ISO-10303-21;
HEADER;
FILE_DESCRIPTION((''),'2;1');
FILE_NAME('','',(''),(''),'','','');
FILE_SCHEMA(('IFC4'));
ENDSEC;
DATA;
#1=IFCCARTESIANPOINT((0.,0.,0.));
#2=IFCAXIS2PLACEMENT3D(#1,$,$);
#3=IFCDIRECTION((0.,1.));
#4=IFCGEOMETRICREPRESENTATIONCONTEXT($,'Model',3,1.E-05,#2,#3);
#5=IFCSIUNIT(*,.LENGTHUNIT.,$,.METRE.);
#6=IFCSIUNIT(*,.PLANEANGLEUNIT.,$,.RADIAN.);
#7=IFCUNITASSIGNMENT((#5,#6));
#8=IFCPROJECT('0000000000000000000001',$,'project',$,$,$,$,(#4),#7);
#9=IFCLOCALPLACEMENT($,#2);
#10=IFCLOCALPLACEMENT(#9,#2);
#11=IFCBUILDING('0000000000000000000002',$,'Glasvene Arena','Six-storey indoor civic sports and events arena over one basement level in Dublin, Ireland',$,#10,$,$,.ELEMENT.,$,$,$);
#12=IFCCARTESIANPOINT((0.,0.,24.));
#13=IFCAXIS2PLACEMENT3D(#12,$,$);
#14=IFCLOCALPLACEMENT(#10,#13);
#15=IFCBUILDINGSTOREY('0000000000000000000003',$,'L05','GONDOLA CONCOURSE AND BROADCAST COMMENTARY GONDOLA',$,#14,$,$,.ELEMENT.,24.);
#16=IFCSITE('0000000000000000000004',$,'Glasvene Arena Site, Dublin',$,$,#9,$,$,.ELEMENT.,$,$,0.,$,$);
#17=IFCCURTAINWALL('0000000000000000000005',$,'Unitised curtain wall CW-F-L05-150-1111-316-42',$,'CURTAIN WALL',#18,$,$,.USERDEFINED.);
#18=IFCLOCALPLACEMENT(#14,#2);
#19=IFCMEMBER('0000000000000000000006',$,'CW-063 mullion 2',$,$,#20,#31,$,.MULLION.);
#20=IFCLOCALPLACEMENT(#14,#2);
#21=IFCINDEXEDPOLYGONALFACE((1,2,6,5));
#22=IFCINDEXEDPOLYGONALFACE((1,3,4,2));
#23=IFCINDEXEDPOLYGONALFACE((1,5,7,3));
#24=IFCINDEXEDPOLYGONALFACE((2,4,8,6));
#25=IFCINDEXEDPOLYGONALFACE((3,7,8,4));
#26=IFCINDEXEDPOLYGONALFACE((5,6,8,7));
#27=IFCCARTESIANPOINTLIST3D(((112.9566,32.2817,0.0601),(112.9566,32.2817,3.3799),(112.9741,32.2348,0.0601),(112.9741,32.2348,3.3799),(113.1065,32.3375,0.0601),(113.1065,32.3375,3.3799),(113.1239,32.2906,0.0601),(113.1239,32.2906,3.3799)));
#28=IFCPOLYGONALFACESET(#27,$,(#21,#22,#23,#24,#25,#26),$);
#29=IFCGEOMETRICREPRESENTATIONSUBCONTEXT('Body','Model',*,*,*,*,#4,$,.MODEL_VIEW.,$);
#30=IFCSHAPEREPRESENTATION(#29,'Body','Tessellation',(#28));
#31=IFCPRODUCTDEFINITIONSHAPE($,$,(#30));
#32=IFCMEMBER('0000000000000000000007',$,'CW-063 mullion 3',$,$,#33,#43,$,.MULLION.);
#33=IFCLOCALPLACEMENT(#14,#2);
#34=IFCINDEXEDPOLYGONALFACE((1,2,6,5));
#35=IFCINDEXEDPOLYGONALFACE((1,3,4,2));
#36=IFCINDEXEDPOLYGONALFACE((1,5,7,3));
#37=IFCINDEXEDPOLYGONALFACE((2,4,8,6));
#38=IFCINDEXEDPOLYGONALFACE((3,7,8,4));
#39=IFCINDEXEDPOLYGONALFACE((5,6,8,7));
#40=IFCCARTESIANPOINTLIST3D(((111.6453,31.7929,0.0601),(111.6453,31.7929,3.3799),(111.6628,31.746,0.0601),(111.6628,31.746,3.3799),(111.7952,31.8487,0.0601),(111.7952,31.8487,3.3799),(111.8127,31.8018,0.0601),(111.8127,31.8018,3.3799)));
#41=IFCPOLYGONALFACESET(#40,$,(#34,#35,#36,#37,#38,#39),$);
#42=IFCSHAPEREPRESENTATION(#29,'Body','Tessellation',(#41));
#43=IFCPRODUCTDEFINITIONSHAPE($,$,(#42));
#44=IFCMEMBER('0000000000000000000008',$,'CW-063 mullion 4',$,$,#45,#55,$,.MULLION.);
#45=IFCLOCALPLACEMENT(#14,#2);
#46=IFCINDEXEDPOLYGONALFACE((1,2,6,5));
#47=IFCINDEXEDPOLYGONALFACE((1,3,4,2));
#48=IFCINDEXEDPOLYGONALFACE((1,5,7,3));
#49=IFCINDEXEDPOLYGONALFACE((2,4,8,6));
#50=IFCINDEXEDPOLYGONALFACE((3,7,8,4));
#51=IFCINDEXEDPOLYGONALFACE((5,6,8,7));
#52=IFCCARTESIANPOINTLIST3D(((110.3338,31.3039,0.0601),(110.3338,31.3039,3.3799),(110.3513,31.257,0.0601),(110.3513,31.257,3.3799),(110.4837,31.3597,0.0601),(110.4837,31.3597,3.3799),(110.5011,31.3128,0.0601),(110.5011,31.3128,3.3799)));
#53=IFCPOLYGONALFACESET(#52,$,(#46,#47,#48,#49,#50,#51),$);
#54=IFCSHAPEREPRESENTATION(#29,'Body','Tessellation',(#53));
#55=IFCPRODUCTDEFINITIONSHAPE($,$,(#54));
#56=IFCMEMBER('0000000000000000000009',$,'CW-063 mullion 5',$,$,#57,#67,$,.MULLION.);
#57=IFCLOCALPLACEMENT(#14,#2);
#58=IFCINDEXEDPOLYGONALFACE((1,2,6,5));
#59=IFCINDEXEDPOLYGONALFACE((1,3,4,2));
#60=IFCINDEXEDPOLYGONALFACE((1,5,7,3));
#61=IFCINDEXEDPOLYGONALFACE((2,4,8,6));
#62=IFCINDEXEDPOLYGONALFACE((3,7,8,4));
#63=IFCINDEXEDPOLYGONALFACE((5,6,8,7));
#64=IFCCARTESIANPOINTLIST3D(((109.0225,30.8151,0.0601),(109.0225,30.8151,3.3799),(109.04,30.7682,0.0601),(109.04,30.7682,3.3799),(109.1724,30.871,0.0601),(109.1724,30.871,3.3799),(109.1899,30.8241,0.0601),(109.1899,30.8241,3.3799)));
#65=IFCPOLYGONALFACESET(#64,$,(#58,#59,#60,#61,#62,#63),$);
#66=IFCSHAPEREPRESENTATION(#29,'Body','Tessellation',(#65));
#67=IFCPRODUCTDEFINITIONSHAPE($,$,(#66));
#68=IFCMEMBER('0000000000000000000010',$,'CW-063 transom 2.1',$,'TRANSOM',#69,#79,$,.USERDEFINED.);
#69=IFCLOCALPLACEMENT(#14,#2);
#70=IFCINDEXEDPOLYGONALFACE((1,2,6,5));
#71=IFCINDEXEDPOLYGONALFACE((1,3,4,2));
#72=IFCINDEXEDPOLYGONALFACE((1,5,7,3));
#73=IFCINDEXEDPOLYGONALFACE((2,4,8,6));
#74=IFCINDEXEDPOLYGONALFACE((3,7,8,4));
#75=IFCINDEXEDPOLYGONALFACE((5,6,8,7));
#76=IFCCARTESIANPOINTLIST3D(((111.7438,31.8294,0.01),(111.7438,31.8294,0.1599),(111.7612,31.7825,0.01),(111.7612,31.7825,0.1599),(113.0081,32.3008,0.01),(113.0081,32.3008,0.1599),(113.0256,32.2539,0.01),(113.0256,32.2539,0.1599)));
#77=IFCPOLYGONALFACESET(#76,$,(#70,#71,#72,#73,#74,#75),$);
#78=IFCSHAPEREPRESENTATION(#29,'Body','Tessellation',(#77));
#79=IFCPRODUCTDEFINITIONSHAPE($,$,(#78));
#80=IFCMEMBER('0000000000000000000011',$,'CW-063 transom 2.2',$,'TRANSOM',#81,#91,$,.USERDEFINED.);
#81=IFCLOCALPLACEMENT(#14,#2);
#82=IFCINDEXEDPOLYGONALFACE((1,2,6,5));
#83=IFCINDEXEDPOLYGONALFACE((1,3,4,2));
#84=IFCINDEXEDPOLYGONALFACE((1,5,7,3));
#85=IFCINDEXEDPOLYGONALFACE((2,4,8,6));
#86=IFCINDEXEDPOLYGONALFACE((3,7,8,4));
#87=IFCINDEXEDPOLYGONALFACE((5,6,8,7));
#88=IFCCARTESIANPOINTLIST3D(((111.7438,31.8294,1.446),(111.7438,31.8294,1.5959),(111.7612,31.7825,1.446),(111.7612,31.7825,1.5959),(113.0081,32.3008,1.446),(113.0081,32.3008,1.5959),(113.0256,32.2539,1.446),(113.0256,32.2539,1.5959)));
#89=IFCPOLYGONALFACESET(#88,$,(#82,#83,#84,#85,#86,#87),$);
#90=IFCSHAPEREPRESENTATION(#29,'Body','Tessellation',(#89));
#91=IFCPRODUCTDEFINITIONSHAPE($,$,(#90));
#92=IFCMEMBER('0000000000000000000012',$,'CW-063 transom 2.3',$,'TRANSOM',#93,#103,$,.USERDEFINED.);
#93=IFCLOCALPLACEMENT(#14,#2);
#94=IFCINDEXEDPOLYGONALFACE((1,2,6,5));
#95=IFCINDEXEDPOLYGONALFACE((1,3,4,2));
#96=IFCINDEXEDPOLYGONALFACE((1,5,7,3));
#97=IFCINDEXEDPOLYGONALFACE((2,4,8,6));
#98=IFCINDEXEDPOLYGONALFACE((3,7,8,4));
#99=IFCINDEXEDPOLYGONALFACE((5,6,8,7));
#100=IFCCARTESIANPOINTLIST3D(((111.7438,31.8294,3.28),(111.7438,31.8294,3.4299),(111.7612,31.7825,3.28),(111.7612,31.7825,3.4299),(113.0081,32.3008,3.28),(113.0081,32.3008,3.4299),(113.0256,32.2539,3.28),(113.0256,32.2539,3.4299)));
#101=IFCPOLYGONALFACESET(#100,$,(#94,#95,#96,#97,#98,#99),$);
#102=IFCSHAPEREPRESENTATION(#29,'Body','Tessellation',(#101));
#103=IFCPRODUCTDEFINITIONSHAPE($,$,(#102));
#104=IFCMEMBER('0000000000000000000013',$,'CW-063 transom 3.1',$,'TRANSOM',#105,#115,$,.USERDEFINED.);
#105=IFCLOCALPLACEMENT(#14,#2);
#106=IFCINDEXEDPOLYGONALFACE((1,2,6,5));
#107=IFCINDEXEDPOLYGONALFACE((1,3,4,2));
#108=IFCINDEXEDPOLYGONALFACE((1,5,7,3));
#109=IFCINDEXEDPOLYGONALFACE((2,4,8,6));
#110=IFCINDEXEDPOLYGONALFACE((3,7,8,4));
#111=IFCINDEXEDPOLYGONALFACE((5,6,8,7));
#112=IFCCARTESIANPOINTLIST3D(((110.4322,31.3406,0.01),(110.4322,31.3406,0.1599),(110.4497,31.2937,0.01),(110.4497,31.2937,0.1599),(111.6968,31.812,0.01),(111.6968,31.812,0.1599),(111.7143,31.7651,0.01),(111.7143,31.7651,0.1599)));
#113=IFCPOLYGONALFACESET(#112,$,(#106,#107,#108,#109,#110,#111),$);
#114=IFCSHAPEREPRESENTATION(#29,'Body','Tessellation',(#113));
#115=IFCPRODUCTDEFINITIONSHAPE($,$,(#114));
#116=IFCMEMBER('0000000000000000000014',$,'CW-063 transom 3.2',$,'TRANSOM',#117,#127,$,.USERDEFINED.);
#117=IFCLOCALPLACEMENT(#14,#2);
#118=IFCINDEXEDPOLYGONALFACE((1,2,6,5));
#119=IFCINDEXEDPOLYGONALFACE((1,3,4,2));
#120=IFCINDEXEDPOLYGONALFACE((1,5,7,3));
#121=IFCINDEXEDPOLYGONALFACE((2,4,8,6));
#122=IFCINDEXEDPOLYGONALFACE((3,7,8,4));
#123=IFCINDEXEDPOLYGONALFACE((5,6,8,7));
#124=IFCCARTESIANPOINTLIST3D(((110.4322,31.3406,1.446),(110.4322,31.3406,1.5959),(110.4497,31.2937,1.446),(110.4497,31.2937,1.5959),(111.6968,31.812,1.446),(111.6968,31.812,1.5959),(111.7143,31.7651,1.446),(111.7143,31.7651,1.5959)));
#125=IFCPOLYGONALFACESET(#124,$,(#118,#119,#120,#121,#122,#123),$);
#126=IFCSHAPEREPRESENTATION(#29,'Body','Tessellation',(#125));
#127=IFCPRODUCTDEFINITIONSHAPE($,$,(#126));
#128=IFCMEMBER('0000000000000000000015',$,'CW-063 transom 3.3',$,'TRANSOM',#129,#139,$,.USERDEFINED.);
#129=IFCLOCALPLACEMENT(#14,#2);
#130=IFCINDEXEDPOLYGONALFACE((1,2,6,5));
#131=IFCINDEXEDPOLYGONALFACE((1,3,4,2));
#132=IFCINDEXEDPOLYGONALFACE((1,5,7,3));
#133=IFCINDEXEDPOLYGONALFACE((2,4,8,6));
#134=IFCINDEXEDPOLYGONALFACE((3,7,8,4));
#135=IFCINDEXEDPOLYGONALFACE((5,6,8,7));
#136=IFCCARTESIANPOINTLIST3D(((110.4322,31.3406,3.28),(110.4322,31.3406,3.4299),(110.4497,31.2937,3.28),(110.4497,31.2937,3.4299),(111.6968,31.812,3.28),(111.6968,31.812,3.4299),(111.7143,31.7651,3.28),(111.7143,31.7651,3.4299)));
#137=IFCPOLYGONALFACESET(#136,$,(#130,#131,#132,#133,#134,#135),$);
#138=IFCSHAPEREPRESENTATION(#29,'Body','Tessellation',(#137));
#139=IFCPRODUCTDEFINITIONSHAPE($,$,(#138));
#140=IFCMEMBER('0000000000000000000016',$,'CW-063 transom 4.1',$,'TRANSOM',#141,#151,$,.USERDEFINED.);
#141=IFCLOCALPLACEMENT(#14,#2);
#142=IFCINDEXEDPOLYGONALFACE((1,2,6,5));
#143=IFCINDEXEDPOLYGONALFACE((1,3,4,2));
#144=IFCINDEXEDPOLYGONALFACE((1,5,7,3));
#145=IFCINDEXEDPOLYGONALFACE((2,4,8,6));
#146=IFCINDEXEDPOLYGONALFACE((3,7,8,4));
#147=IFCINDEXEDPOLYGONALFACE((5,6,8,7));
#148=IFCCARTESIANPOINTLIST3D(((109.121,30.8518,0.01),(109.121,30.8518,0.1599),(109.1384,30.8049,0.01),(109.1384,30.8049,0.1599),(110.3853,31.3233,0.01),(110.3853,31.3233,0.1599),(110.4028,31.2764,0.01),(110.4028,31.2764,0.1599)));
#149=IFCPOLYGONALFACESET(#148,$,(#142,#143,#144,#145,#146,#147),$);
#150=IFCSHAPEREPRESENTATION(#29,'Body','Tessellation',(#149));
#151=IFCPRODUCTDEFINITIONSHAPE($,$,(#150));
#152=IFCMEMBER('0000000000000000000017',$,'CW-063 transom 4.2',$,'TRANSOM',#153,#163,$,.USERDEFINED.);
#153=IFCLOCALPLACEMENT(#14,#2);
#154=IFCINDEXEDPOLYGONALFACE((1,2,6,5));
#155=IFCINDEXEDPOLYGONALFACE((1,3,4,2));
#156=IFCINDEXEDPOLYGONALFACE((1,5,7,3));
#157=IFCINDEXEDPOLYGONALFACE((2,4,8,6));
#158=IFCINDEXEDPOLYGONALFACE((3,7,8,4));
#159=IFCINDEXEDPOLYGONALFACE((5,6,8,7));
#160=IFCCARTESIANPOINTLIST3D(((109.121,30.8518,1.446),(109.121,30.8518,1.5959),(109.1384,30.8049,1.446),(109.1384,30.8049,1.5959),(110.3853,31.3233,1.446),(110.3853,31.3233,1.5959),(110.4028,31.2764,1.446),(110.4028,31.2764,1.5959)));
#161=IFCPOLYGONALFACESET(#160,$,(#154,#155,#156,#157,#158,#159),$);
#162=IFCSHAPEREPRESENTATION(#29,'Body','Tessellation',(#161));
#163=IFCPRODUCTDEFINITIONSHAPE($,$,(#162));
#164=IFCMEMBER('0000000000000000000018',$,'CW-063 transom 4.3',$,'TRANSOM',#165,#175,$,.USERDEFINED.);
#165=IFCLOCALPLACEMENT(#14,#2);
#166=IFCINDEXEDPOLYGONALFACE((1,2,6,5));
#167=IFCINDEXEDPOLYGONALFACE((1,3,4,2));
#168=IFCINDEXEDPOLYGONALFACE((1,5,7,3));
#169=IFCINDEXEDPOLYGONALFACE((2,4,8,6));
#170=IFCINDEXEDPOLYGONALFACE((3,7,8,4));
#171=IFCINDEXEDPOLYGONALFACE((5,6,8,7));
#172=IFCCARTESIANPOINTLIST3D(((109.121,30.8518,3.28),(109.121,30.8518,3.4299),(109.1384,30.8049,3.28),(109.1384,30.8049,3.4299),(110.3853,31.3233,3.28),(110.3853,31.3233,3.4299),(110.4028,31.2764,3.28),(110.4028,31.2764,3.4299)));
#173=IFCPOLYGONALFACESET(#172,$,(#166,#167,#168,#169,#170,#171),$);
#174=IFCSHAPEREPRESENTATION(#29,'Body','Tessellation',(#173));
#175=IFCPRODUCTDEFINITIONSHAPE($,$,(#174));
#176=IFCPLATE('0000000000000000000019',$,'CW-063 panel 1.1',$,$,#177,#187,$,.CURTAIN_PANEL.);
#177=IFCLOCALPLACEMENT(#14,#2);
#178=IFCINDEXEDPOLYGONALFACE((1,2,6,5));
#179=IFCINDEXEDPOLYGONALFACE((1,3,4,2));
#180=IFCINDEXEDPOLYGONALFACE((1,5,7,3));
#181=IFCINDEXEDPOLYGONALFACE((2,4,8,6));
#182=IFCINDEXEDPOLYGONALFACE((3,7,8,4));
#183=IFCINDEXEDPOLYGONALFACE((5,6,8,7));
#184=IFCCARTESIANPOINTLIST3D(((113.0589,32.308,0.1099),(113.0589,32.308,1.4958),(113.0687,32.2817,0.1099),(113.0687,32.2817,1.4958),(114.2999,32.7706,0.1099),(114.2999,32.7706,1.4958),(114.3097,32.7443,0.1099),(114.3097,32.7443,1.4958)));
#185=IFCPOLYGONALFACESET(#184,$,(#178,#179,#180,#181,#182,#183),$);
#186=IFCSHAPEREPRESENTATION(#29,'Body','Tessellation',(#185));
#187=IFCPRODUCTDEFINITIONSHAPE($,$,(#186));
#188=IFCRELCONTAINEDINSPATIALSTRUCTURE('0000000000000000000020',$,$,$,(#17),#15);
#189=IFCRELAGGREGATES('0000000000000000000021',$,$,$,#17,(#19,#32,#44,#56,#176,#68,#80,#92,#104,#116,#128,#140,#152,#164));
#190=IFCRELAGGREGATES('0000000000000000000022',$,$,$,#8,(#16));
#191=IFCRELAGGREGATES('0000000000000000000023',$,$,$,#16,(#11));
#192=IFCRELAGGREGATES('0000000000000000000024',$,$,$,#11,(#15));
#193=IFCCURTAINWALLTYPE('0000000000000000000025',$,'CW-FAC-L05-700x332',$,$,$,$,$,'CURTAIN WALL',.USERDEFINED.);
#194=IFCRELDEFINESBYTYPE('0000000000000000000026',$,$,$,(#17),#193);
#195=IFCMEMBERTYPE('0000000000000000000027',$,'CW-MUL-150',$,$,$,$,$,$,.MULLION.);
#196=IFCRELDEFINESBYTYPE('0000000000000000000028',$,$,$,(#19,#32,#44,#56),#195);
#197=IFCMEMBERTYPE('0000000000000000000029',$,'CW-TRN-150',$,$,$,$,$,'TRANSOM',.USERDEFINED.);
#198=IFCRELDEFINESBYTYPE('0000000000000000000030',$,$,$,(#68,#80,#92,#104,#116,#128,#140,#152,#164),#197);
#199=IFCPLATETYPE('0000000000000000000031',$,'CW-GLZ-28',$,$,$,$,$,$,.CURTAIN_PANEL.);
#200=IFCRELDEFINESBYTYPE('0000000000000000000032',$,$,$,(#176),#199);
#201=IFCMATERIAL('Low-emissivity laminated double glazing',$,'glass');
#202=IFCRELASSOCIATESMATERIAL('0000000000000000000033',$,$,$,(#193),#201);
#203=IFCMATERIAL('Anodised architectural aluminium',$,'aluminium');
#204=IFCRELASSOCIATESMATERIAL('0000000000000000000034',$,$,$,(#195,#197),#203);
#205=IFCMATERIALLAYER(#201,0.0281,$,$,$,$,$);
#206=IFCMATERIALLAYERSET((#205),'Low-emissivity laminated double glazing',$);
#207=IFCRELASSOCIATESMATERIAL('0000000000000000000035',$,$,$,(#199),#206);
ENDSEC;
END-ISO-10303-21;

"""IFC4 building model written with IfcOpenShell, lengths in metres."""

from ifc_helpers import new_model, si_unit, direction, frame, origin, origin_2d, place, context, subcontext, project, spatial, rectangle, extrude, material, layer, layer_set, material_profile, profile_set, type_object, element, aggregate, save


model = new_model("IFC4")

# Units and contexts
model_context = context("Model", 3, precision=1e-05, world=origin(), true_north=direction((0.0, 1.0)))
body_context = subcontext(model_context, "Body", "Model", "MODEL_VIEW")
ifc_project = project(units=[si_unit("LENGTHUNIT", "METRE"), si_unit("PLANEANGLEUNIT", "RADIAN")], contexts=[model_context])

# Site, building, storey
site_placement = place(None, origin())
site = spatial("IfcSite", under=ifc_project, at=site_placement, Name="Glasvene Arena Site, Dublin", CompositionType="ELEMENT", RefElevation=0.0)
building_placement = place(site_placement, origin())
building = spatial("IfcBuilding", under=site, at=building_placement, Name="Glasvene Arena", Description="Six-storey indoor civic sports and events arena over one basement level in Dublin, Ireland", CompositionType="ELEMENT")
storey_placement = place(building_placement, frame((0.0, 0.0, 24.0)))
storey = spatial("IfcBuildingStorey", under=building, at=storey_placement, Name="L05", Description="GONDOLA CONCOURSE AND BROADCAST COMMENTARY GONDOLA", CompositionType="ELEMENT", Elevation=24.0)

# Curtain wall, members, plate
ifc_material_1 = material(Name="Low-emissivity laminated double glazing", Category="glass")
curtain_wall_type = type_object("IfcCurtainWallType", Name="CW-FAC-L05-700x332", ElementType="CURTAIN WALL", PredefinedType="USERDEFINED", material=ifc_material_1)
curtain_wall_placement = place(storey_placement, frame((114.3518, 32.7749, 0.0)))
curtain_wall = element("IfcCurtainWall", 1, at=curtain_wall_placement, inside=storey, type_object=curtain_wall_type, Name="Unitised curtain wall CW-F-L05-150-1111-316-42", ObjectType="CURTAIN WALL", PredefinedType="USERDEFINED")
ifc_material_2 = material(Name="Anodised architectural aluminium", Category="aluminium")
ifc_material_profile_1 = material_profile(ifc_material_2, rectangle(XDim=0.05, YDim=0.1599, at=origin_2d()), Name="ALU MULLION 50x160")
ifc_profile_set_1 = profile_set([ifc_material_profile_1], Name="Anodised architectural aluminium")
member_type_1 = type_object("IfcMemberType", Name="CW-MUL-150", PredefinedType="MULLION", material=ifc_profile_set_1)
member_1_placement = place(storey_placement, frame((113.0403, 32.2861, 0.0601), z_axis=(0.0, 0.0, 1.0), x_axis=(0.349297, -0.937012, 0.0)))
member_1 = element("IfcMember", 2, at=member_1_placement, type_object=member_type_1, Name="CW-063 mullion 2", PredefinedType="MULLION", context=body_context, shape_type="SweptSolid", body=[
    extrude(rectangle(XDim=0.05, YDim=0.1599, at=origin_2d()), origin(), (0.0, 0.0, 1.0), 3.3198),
])
member_2_placement = place(storey_placement, frame((111.729, 31.7974, 0.0601), z_axis=(0.0, 0.0, 1.0), x_axis=(0.349297, -0.937012, 0.0)))
member_2 = element("IfcMember", 3, at=member_2_placement, type_object=member_type_1, Name="CW-063 mullion 3", PredefinedType="MULLION", context=body_context, shape_type="SweptSolid", body=[
    extrude(rectangle(XDim=0.05, YDim=0.1599, at=origin_2d()), origin(), (0.0, 0.0, 1.0), 3.3198),
])
member_3_placement = place(storey_placement, frame((110.4175, 31.3083, 0.0601), z_axis=(0.0, 0.0, 1.0), x_axis=(0.349297, -0.937012, 0.0)))
member_3 = element("IfcMember", 4, at=member_3_placement, type_object=member_type_1, Name="CW-063 mullion 4", PredefinedType="MULLION", context=body_context, shape_type="SweptSolid", body=[
    extrude(rectangle(XDim=0.05, YDim=0.1599, at=origin_2d()), origin(), (0.0, 0.0, 1.0), 3.3198),
])
member_4_placement = place(storey_placement, frame((109.1062, 30.8196, 0.0601), z_axis=(0.0, 0.0, 1.0), x_axis=(0.349297, -0.937012, 0.0)))
member_4 = element("IfcMember", 5, at=member_4_placement, type_object=member_type_1, Name="CW-063 mullion 5", PredefinedType="MULLION", context=body_context, shape_type="SweptSolid", body=[
    extrude(rectangle(XDim=0.05, YDim=0.1599, at=origin_2d()), origin(), (0.0, 0.0, 1.0), 3.3198),
])
ifc_material_profile_2 = material_profile(ifc_material_2, rectangle(XDim=0.05, YDim=0.1499, at=origin_2d()), Name="ALU TRANSOM 50x150")
ifc_profile_set_2 = profile_set([ifc_material_profile_2], Name="Anodised architectural aluminium")
member_type_2 = type_object("IfcMemberType", Name="CW-TRN-150", ElementType="TRANSOM", PredefinedType="USERDEFINED", material=ifc_profile_set_2)
member_5_placement = place(storey_placement, frame((113.0168, 32.2773, 0.085), z_axis=(-0.936989, -0.349358, 0.0), x_axis=(0.349358, -0.936989, 0.0)))
member_5 = element("IfcMember", 6, at=member_5_placement, type_object=member_type_2, Name="CW-063 transom 2.1", ObjectType="TRANSOM", PredefinedType="USERDEFINED", context=body_context, shape_type="SweptSolid", body=[
    extrude(rectangle(XDim=0.05, YDim=0.1499, at=origin_2d()), origin(), (0.0, 0.0, 1.0), 1.3494),
])
member_6_placement = place(storey_placement, frame((113.0168, 32.2773, 1.521), z_axis=(-0.936989, -0.349358, 0.0), x_axis=(0.349358, -0.936989, 0.0)))
member_6 = element("IfcMember", 7, at=member_6_placement, type_object=member_type_2, Name="CW-063 transom 2.2", ObjectType="TRANSOM", PredefinedType="USERDEFINED", context=body_context, shape_type="SweptSolid", body=[
    extrude(rectangle(XDim=0.05, YDim=0.1499, at=origin_2d()), origin(), (0.0, 0.0, 1.0), 1.3494),
])
member_7_placement = place(storey_placement, frame((113.0168, 32.2773, 3.355), z_axis=(-0.936989, -0.349358, 0.0), x_axis=(0.349358, -0.936989, 0.0)))
member_7 = element("IfcMember", 8, at=member_7_placement, type_object=member_type_2, Name="CW-063 transom 2.3", ObjectType="TRANSOM", PredefinedType="USERDEFINED", context=body_context, shape_type="SweptSolid", body=[
    extrude(rectangle(XDim=0.05, YDim=0.1499, at=origin_2d()), origin(), (0.0, 0.0, 1.0), 1.3494),
])
member_8_placement = place(storey_placement, frame((111.7056, 31.7886, 0.085), z_axis=(-0.937011, -0.349299, 0.0), x_axis=(0.349299, -0.937011, 0.0)))
member_8 = element("IfcMember", 9, at=member_8_placement, type_object=member_type_2, Name="CW-063 transom 3.1", ObjectType="TRANSOM", PredefinedType="USERDEFINED", context=body_context, shape_type="SweptSolid", body=[
    extrude(rectangle(XDim=0.05, YDim=0.1499, at=origin_2d()), origin(), (0.0, 0.0, 1.0), 1.3496),
])
member_9_placement = place(storey_placement, frame((111.7056, 31.7886, 1.521), z_axis=(-0.937011, -0.349299, 0.0), x_axis=(0.349299, -0.937011, 0.0)))
member_9 = element("IfcMember", 10, at=member_9_placement, type_object=member_type_2, Name="CW-063 transom 3.2", ObjectType="TRANSOM", PredefinedType="USERDEFINED", context=body_context, shape_type="SweptSolid", body=[
    extrude(rectangle(XDim=0.05, YDim=0.1499, at=origin_2d()), origin(), (0.0, 0.0, 1.0), 1.3496),
])
member_10_placement = place(storey_placement, frame((111.7056, 31.7886, 3.355), z_axis=(-0.937011, -0.349299, 0.0), x_axis=(0.349299, -0.937011, 0.0)))
member_10 = element("IfcMember", 11, at=member_10_placement, type_object=member_type_2, Name="CW-063 transom 3.3", ObjectType="TRANSOM", PredefinedType="USERDEFINED", context=body_context, shape_type="SweptSolid", body=[
    extrude(rectangle(XDim=0.05, YDim=0.1499, at=origin_2d()), origin(), (0.0, 0.0, 1.0), 1.3496),
])
member_11_placement = place(storey_placement, frame((110.394, 31.2998, 0.085), z_axis=(-0.936989, -0.349358, 0.0), x_axis=(0.349358, -0.936989, 0.0)))
member_11 = element("IfcMember", 12, at=member_11_placement, type_object=member_type_2, Name="CW-063 transom 4.1", ObjectType="TRANSOM", PredefinedType="USERDEFINED", context=body_context, shape_type="SweptSolid", body=[
    extrude(rectangle(XDim=0.05, YDim=0.1499, at=origin_2d()), origin(), (0.0, 0.0, 1.0), 1.3494),
])
member_12_placement = place(storey_placement, frame((110.394, 31.2998, 1.521), z_axis=(-0.936989, -0.349358, 0.0), x_axis=(0.349358, -0.936989, 0.0)))
member_12 = element("IfcMember", 13, at=member_12_placement, type_object=member_type_2, Name="CW-063 transom 4.2", ObjectType="TRANSOM", PredefinedType="USERDEFINED", context=body_context, shape_type="SweptSolid", body=[
    extrude(rectangle(XDim=0.05, YDim=0.1499, at=origin_2d()), origin(), (0.0, 0.0, 1.0), 1.3494),
])
member_13_placement = place(storey_placement, frame((110.394, 31.2998, 3.355), z_axis=(-0.936989, -0.349358, 0.0), x_axis=(0.349358, -0.936989, 0.0)))
member_13 = element("IfcMember", 14, at=member_13_placement, type_object=member_type_2, Name="CW-063 transom 4.3", ObjectType="TRANSOM", PredefinedType="USERDEFINED", context=body_context, shape_type="SweptSolid", body=[
    extrude(rectangle(XDim=0.05, YDim=0.1499, at=origin_2d()), origin(), (0.0, 0.0, 1.0), 1.3494),
])
ifc_layer = layer(ifc_material_1, 0.0281)
ifc_layer_set = layer_set([ifc_layer], Name="Low-emissivity laminated double glazing")
plate_type = type_object("IfcPlateType", Name="CW-GLZ-28", PredefinedType="CURTAIN_PANEL", material=ifc_layer_set)
plate_1_placement = place(storey_placement, frame((113.6843, 32.5261, 0.1099), z_axis=(0.0, 0.0, 1.0), x_axis=(-0.937012, -0.349297, 0.0)))
plate_1 = element("IfcPlate", 15, at=plate_1_placement, type_object=plate_type, Name="CW-063 panel 1.1", PredefinedType="CURTAIN_PANEL", context=body_context, shape_type="SweptSolid", body=[
    extrude(rectangle(XDim=1.3245, YDim=0.0281, at=origin_2d()), origin(), (0.0, 0.0, 1.0), 1.386),
])
aggregate(curtain_wall, [member_1, member_2, member_3, member_4, plate_1, member_5, member_6, member_7, member_8, member_9, member_10, member_11, member_12, member_13])

save(model, "model.ifc")
